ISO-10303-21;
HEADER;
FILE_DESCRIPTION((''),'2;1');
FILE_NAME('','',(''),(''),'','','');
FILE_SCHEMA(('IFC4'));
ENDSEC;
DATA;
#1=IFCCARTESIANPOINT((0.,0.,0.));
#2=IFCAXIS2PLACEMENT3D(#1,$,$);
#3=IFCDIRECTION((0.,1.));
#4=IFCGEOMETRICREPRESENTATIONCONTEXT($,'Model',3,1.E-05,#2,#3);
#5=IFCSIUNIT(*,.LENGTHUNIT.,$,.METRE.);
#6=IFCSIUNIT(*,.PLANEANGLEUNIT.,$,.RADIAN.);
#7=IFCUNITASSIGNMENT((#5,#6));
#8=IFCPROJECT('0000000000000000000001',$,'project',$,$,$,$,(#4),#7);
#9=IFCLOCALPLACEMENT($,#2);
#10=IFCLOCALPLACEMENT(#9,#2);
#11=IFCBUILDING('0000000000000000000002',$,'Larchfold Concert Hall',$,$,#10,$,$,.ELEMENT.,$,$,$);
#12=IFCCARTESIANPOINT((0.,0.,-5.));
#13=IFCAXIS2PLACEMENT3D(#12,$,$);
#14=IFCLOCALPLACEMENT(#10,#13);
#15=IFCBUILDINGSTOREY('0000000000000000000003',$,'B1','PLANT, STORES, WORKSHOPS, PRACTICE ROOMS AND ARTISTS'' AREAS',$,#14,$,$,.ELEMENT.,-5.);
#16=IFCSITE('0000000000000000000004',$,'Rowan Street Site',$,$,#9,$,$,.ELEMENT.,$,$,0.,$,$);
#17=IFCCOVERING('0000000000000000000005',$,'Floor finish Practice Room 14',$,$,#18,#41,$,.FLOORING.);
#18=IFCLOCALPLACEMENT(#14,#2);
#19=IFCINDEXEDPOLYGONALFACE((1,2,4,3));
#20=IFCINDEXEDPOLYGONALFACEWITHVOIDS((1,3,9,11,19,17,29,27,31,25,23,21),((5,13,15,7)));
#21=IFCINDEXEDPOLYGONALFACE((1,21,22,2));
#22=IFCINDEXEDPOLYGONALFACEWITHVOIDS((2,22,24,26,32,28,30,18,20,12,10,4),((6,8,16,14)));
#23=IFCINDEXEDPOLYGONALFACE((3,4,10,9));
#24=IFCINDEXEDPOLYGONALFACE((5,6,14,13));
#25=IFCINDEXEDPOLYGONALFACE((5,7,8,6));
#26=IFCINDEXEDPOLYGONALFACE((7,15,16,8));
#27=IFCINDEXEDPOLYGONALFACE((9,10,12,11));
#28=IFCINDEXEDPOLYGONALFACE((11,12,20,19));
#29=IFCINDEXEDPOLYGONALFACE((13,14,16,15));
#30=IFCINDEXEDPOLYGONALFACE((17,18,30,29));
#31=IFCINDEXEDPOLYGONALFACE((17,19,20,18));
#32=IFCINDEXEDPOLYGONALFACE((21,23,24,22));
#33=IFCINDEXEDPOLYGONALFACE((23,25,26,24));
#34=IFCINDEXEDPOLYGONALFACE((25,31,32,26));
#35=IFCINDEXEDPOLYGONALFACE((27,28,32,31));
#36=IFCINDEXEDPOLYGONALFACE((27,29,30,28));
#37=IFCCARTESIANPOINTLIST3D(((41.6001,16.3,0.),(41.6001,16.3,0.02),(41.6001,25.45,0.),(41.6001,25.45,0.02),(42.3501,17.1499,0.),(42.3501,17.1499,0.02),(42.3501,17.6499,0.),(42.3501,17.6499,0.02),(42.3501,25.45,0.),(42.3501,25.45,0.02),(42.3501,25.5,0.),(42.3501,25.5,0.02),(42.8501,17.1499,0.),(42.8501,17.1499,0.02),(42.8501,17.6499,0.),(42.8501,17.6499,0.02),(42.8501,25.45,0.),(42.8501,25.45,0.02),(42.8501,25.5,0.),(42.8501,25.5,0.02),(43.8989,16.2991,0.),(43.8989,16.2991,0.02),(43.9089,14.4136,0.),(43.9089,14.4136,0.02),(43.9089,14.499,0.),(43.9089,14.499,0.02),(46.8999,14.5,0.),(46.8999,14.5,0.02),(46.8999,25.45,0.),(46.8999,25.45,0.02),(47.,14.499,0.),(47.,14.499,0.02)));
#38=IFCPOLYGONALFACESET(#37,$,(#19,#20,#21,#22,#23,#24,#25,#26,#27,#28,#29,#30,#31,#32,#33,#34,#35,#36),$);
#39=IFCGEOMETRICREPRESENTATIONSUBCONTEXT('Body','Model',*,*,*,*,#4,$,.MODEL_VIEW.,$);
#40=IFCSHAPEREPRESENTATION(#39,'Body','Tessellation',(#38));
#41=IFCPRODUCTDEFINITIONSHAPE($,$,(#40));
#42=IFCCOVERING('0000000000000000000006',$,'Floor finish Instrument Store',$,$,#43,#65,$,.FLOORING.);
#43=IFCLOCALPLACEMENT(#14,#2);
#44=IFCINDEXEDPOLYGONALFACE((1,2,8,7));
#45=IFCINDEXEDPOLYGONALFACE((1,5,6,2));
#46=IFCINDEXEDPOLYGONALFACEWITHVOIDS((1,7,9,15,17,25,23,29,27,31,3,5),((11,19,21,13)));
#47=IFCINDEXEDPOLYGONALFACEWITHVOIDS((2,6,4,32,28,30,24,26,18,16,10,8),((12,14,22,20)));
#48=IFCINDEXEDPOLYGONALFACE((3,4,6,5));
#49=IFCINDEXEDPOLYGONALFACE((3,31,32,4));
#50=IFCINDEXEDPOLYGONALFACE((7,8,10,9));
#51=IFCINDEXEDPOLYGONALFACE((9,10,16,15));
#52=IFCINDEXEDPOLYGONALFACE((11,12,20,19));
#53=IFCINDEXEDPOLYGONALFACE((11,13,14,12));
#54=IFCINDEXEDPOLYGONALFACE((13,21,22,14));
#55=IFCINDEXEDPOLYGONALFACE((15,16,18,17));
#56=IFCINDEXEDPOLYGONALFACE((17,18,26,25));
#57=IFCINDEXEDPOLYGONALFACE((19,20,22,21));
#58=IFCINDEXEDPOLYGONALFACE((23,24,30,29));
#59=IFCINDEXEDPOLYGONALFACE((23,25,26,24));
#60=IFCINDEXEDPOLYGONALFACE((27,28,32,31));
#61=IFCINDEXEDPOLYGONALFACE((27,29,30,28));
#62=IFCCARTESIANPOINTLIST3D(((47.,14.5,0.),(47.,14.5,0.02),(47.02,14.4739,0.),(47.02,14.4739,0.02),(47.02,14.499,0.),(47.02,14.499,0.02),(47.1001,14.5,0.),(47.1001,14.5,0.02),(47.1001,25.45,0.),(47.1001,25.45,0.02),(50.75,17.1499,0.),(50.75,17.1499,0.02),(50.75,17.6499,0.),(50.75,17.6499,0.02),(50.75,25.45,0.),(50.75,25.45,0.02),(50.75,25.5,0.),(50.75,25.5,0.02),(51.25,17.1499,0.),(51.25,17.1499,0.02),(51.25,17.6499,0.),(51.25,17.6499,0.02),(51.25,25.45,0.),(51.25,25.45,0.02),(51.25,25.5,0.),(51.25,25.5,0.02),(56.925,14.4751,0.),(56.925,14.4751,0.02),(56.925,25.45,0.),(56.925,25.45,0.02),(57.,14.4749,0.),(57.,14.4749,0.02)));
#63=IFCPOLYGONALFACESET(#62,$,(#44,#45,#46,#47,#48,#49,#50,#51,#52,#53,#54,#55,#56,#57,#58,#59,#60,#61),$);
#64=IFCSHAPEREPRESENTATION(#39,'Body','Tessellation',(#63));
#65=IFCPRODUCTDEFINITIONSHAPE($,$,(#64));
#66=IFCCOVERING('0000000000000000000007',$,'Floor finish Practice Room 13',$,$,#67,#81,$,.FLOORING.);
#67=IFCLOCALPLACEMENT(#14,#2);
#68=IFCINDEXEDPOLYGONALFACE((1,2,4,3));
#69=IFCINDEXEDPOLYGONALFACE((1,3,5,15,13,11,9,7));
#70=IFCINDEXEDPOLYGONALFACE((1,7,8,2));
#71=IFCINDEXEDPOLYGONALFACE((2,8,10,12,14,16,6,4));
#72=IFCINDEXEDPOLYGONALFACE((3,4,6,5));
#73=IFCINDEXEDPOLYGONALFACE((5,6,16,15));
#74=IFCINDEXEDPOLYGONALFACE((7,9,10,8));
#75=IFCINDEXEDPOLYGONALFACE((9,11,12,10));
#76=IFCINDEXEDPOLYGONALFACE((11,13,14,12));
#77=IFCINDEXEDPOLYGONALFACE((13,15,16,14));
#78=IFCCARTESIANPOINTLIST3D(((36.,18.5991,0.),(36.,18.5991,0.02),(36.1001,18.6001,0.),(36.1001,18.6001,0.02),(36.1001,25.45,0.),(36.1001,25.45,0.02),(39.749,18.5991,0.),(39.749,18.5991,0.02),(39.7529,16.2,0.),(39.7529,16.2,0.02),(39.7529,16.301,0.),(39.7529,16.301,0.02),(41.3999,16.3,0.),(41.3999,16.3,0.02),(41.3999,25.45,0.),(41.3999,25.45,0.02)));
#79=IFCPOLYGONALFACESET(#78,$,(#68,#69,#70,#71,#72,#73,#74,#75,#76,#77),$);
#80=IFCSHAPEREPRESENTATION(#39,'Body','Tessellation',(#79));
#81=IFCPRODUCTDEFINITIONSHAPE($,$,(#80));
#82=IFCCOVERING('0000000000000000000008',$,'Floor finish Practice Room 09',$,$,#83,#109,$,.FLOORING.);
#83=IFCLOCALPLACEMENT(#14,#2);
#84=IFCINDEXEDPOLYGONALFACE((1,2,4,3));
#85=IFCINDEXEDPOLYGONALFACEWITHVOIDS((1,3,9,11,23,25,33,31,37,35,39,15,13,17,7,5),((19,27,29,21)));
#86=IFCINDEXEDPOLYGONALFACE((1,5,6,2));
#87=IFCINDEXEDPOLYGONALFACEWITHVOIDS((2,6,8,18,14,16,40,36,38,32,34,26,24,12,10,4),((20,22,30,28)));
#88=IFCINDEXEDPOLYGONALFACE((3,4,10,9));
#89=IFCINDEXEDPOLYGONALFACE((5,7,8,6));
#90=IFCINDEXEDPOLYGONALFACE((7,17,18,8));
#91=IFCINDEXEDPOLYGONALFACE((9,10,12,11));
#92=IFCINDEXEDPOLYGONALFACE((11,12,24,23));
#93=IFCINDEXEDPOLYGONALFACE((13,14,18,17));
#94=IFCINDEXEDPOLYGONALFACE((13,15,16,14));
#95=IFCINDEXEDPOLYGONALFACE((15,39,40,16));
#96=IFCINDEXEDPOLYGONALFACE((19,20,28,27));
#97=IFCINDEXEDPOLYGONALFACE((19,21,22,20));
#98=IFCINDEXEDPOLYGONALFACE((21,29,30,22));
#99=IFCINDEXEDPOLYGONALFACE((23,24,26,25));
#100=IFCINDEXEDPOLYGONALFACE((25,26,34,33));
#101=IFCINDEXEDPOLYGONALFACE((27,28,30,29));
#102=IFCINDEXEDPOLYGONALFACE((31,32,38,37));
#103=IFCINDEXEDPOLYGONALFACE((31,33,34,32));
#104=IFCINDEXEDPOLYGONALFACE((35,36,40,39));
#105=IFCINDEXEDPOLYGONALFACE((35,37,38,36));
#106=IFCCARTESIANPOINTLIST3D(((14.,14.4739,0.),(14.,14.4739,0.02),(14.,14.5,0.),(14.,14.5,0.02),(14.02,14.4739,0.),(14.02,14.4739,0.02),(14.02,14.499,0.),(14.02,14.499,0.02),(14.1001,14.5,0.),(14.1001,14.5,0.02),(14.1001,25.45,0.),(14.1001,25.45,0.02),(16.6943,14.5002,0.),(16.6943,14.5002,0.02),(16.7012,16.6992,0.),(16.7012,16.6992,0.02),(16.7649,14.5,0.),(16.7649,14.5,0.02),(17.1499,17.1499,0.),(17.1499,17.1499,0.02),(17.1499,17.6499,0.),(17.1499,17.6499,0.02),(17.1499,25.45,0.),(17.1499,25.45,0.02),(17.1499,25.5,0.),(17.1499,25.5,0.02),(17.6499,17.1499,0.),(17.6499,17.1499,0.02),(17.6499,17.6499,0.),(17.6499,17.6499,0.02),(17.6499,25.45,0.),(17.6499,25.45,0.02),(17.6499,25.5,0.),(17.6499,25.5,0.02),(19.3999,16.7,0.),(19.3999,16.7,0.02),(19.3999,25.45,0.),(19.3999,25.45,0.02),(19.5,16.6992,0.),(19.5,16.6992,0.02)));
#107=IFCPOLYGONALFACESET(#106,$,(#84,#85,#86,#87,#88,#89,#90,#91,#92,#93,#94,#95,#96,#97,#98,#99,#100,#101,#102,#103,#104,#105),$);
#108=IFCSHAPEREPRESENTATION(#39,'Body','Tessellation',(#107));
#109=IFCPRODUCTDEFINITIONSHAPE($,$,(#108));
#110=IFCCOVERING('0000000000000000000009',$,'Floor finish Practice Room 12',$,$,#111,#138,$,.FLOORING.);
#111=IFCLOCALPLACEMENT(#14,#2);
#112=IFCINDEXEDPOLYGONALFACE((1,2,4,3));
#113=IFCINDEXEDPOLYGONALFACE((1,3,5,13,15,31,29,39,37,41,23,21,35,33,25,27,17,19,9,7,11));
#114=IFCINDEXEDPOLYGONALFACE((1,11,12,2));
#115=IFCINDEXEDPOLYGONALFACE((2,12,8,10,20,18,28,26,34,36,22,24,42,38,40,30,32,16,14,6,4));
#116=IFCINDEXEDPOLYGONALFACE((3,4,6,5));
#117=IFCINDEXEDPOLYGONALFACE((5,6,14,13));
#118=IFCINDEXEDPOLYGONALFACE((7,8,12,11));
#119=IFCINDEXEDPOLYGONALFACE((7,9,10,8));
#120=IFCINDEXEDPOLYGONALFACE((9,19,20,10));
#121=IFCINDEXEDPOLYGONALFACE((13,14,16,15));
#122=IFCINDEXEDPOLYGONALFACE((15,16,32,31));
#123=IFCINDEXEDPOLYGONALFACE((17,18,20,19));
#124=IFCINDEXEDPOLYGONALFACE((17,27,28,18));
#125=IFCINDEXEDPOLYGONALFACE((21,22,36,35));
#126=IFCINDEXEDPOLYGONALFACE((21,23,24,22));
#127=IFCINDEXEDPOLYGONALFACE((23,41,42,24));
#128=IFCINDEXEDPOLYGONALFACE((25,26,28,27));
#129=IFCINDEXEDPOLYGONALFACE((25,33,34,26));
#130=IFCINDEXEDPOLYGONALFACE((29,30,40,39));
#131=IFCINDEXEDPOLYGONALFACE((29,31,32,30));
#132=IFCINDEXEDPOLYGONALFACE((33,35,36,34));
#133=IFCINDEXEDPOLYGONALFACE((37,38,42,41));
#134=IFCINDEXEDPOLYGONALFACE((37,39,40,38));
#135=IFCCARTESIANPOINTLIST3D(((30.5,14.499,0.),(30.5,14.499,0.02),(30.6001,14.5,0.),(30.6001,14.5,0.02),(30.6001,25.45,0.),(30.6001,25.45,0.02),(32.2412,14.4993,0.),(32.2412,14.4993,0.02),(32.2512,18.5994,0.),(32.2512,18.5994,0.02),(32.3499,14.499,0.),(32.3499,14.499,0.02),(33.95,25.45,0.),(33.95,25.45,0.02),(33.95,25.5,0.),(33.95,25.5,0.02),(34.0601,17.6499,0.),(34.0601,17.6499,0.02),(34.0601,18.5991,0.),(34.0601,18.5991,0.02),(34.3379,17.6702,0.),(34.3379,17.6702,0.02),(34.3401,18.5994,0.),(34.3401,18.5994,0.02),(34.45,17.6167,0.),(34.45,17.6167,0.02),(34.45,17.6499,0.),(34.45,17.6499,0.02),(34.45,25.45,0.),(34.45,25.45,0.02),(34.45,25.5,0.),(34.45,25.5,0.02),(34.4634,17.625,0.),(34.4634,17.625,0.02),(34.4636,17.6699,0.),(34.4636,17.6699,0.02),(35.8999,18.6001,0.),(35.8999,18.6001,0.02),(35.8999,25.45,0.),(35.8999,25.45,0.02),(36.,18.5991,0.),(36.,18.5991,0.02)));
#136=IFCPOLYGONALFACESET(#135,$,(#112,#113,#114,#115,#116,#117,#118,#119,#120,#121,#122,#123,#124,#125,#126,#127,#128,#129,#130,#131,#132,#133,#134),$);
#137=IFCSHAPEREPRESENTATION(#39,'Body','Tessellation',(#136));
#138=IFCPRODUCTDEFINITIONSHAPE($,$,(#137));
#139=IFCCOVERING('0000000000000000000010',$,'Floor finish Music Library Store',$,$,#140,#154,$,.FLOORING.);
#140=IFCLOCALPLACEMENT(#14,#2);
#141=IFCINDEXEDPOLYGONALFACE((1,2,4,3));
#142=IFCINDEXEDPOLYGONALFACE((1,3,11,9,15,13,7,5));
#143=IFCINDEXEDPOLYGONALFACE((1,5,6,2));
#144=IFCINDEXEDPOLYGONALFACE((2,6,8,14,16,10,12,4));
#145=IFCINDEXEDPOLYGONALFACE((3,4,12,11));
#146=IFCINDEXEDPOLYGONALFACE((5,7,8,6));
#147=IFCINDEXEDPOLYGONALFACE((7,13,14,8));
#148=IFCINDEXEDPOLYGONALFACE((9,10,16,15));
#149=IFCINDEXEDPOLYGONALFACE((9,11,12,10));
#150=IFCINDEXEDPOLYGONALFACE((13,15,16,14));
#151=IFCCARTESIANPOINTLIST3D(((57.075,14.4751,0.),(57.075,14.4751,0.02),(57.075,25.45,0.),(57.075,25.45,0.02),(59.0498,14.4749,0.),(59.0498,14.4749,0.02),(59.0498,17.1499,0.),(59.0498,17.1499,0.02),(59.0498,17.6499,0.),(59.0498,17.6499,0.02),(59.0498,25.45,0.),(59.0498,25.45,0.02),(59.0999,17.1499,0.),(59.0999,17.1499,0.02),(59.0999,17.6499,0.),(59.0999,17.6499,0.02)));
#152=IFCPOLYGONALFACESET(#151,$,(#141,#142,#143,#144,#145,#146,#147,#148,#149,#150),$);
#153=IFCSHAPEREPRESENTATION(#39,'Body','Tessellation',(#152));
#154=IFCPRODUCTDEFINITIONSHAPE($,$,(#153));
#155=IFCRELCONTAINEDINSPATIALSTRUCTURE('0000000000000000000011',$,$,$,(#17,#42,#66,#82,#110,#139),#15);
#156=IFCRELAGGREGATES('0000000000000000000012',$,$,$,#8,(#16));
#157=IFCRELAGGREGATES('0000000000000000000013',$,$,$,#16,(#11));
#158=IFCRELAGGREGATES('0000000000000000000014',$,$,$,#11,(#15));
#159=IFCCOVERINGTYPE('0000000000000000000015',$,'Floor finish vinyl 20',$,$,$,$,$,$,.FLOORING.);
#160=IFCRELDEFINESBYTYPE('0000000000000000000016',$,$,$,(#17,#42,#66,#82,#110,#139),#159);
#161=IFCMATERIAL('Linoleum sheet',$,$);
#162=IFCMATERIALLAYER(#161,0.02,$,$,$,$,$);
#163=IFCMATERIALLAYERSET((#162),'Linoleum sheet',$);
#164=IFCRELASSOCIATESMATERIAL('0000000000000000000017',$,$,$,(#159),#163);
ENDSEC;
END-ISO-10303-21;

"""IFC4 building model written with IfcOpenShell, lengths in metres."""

from ifc_helpers import new_model, si_unit, direction, frame, origin, place, context, subcontext, project, spatial, polyline, outline, extrude, material, layer, layer_set, type_object, element, save


model = new_model("IFC4")

# Units and contexts
model_context = context("Model", 3, precision=1e-05, world=origin(), true_north=direction((0.0, 1.0)))
body_context = subcontext(model_context, "Body", "Model", "MODEL_VIEW")
ifc_project = project(units=[si_unit("LENGTHUNIT", "METRE"), si_unit("PLANEANGLEUNIT", "RADIAN")], contexts=[model_context])

# Site, building, storey
site_placement = place(None, origin())
site = spatial("IfcSite", under=ifc_project, at=site_placement, Name="Rowan Street Site", CompositionType="ELEMENT", RefElevation=0.0)
building_placement = place(site_placement, origin())
building = spatial("IfcBuilding", under=site, at=building_placement, Name="Larchfold Concert Hall", CompositionType="ELEMENT")
storey_placement = place(building_placement, frame((0.0, 0.0, -5.0)))
storey = spatial("IfcBuildingStorey", under=building, at=storey_placement, Name="B1", Description="PLANT, STORES, WORKSHOPS, PRACTICE ROOMS AND ARTISTS' AREAS", CompositionType="ELEMENT", Elevation=-5.0)

# Coverings
ifc_material_1 = material(Name="Linoleum sheet")
ifc_layer_1 = layer(ifc_material_1, 0.02)
ifc_layer_set_1 = layer_set([ifc_layer_1], Name="Linoleum sheet")
covering_type_1 = type_object("IfcCoveringType", Name="Floor finish vinyl 20", PredefinedType="FLOORING", material=ifc_layer_set_1)
covering_1_placement = place(storey_placement, origin())
element("IfcCovering", 1, at=covering_1_placement, inside=storey, type_object=covering_type_1, Name="Floor finish Practice Room 14", PredefinedType="FLOORING", context=body_context, shape_type="SweptSolid", body=[
    extrude(outline(polyline([(41.5, 16.3), (43.8989, 16.2991), (43.9089, 14.4136), (43.9089, 14.499), (47.0, 14.499), (46.8999, 14.5), (46.8999, 25.45), (42.8501, 25.45), (42.8501, 25.5), (42.3501, 25.5), (42.3501, 25.45), (41.6001, 25.45), (41.6001, 16.3), (41.5, 16.3)]), holes=[polyline([(42.3501, 17.6499), (42.8501, 17.6499), (42.8501, 17.1499), (42.3501, 17.1499), (42.3501, 17.6499)])]), origin(), (0.0, 0.0, 1.0), 0.02),
])
covering_2_placement = place(storey_placement, origin())
element("IfcCovering", 2, at=covering_2_placement, inside=storey, type_object=covering_type_1, Name="Floor finish Instrument Store", PredefinedType="FLOORING", context=body_context, shape_type="SweptSolid", body=[
    extrude(outline(polyline([(47.0, 14.5), (47.02, 14.499), (47.02, 14.4739), (57.0, 14.4749), (56.925, 14.4751), (56.925, 25.45), (51.25, 25.45), (51.25, 25.5), (50.75, 25.5), (50.75, 25.45), (47.1001, 25.45), (47.1001, 14.5), (47.0, 14.5)]), holes=[polyline([(50.75, 17.6499), (51.25, 17.6499), (51.25, 17.1499), (50.75, 17.1499), (50.75, 17.6499)])]), origin(), (0.0, 0.0, 1.0), 0.02),
])
covering_3_placement = place(storey_placement, origin())
element("IfcCovering", 3, at=covering_3_placement, inside=storey, type_object=covering_type_1, Name="Floor finish Practice Room 13", PredefinedType="FLOORING", context=body_context, shape_type="SweptSolid", body=[
    extrude(outline(polyline([(36.0, 18.5991), (39.749, 18.5991), (39.7529, 16.2), (39.7529, 16.301), (41.3999, 16.3), (41.3999, 25.45), (36.1001, 25.45), (36.1001, 18.6001), (36.0, 18.5991)])), origin(), (0.0, 0.0, 1.0), 0.02),
])
covering_4_placement = place(storey_placement, origin())
element("IfcCovering", 4, at=covering_4_placement, inside=storey, type_object=covering_type_1, Name="Floor finish Practice Room 09", PredefinedType="FLOORING", context=body_context, shape_type="SweptSolid", body=[
    extrude(outline(polyline([(14.1001, 25.45), (14.1001, 14.5), (14.0, 14.5), (14.0, 14.4739), (14.02, 14.4739), (14.02, 14.499), (16.7649, 14.5), (16.6943, 14.5002), (16.7012, 16.6992), (19.5, 16.6992), (19.3999, 16.7), (19.3999, 25.45), (17.6499, 25.45), (17.6499, 25.5), (17.1499, 25.5), (17.1499, 25.45), (14.1001, 25.45)]), holes=[polyline([(17.1499, 17.6499), (17.6499, 17.6499), (17.6499, 17.1499), (17.1499, 17.1499), (17.1499, 17.6499)])]), origin(), (0.0, 0.0, 1.0), 0.02),
])
covering_5_placement = place(storey_placement, origin())
element("IfcCovering", 5, at=covering_5_placement, inside=storey, type_object=covering_type_1, Name="Floor finish Practice Room 12", PredefinedType="FLOORING", context=body_context, shape_type="SweptSolid", body=[
    extrude(outline(polyline([(30.5, 14.499), (32.3499, 14.499), (32.2412, 14.4993), (32.2512, 18.5994), (34.0601, 18.5991), (34.0601, 17.6499), (34.45, 17.6499), (34.45, 17.6167), (34.4634, 17.625), (34.4636, 17.6699), (34.3379, 17.6702), (34.3401, 18.5994), (36.0, 18.5991), (35.8999, 18.6001), (35.8999, 25.45), (34.45, 25.45), (34.45, 25.5), (33.95, 25.5), (33.95, 25.45), (30.6001, 25.45), (30.6001, 14.5), (30.5, 14.499)])), origin(), (0.0, 0.0, 1.0), 0.02),
])
covering_6_placement = place(storey_placement, origin())
element("IfcCovering", 6, at=covering_6_placement, inside=storey, type_object=covering_type_1, Name="Floor finish Music Library Store", PredefinedType="FLOORING", context=body_context, shape_type="SweptSolid", body=[
    extrude(outline(polyline([(57.0, 14.4751), (59.0498, 14.4749), (59.0498, 17.1499), (59.0999, 17.1499), (59.0999, 17.6499), (59.0498, 17.6499), (59.0498, 25.45), (57.075, 25.45), (57.075, 14.4751), (57.0, 14.4751)])), origin(), (0.0, 0.0, 1.0), 0.02),
])

save(model, "model.ifc")
